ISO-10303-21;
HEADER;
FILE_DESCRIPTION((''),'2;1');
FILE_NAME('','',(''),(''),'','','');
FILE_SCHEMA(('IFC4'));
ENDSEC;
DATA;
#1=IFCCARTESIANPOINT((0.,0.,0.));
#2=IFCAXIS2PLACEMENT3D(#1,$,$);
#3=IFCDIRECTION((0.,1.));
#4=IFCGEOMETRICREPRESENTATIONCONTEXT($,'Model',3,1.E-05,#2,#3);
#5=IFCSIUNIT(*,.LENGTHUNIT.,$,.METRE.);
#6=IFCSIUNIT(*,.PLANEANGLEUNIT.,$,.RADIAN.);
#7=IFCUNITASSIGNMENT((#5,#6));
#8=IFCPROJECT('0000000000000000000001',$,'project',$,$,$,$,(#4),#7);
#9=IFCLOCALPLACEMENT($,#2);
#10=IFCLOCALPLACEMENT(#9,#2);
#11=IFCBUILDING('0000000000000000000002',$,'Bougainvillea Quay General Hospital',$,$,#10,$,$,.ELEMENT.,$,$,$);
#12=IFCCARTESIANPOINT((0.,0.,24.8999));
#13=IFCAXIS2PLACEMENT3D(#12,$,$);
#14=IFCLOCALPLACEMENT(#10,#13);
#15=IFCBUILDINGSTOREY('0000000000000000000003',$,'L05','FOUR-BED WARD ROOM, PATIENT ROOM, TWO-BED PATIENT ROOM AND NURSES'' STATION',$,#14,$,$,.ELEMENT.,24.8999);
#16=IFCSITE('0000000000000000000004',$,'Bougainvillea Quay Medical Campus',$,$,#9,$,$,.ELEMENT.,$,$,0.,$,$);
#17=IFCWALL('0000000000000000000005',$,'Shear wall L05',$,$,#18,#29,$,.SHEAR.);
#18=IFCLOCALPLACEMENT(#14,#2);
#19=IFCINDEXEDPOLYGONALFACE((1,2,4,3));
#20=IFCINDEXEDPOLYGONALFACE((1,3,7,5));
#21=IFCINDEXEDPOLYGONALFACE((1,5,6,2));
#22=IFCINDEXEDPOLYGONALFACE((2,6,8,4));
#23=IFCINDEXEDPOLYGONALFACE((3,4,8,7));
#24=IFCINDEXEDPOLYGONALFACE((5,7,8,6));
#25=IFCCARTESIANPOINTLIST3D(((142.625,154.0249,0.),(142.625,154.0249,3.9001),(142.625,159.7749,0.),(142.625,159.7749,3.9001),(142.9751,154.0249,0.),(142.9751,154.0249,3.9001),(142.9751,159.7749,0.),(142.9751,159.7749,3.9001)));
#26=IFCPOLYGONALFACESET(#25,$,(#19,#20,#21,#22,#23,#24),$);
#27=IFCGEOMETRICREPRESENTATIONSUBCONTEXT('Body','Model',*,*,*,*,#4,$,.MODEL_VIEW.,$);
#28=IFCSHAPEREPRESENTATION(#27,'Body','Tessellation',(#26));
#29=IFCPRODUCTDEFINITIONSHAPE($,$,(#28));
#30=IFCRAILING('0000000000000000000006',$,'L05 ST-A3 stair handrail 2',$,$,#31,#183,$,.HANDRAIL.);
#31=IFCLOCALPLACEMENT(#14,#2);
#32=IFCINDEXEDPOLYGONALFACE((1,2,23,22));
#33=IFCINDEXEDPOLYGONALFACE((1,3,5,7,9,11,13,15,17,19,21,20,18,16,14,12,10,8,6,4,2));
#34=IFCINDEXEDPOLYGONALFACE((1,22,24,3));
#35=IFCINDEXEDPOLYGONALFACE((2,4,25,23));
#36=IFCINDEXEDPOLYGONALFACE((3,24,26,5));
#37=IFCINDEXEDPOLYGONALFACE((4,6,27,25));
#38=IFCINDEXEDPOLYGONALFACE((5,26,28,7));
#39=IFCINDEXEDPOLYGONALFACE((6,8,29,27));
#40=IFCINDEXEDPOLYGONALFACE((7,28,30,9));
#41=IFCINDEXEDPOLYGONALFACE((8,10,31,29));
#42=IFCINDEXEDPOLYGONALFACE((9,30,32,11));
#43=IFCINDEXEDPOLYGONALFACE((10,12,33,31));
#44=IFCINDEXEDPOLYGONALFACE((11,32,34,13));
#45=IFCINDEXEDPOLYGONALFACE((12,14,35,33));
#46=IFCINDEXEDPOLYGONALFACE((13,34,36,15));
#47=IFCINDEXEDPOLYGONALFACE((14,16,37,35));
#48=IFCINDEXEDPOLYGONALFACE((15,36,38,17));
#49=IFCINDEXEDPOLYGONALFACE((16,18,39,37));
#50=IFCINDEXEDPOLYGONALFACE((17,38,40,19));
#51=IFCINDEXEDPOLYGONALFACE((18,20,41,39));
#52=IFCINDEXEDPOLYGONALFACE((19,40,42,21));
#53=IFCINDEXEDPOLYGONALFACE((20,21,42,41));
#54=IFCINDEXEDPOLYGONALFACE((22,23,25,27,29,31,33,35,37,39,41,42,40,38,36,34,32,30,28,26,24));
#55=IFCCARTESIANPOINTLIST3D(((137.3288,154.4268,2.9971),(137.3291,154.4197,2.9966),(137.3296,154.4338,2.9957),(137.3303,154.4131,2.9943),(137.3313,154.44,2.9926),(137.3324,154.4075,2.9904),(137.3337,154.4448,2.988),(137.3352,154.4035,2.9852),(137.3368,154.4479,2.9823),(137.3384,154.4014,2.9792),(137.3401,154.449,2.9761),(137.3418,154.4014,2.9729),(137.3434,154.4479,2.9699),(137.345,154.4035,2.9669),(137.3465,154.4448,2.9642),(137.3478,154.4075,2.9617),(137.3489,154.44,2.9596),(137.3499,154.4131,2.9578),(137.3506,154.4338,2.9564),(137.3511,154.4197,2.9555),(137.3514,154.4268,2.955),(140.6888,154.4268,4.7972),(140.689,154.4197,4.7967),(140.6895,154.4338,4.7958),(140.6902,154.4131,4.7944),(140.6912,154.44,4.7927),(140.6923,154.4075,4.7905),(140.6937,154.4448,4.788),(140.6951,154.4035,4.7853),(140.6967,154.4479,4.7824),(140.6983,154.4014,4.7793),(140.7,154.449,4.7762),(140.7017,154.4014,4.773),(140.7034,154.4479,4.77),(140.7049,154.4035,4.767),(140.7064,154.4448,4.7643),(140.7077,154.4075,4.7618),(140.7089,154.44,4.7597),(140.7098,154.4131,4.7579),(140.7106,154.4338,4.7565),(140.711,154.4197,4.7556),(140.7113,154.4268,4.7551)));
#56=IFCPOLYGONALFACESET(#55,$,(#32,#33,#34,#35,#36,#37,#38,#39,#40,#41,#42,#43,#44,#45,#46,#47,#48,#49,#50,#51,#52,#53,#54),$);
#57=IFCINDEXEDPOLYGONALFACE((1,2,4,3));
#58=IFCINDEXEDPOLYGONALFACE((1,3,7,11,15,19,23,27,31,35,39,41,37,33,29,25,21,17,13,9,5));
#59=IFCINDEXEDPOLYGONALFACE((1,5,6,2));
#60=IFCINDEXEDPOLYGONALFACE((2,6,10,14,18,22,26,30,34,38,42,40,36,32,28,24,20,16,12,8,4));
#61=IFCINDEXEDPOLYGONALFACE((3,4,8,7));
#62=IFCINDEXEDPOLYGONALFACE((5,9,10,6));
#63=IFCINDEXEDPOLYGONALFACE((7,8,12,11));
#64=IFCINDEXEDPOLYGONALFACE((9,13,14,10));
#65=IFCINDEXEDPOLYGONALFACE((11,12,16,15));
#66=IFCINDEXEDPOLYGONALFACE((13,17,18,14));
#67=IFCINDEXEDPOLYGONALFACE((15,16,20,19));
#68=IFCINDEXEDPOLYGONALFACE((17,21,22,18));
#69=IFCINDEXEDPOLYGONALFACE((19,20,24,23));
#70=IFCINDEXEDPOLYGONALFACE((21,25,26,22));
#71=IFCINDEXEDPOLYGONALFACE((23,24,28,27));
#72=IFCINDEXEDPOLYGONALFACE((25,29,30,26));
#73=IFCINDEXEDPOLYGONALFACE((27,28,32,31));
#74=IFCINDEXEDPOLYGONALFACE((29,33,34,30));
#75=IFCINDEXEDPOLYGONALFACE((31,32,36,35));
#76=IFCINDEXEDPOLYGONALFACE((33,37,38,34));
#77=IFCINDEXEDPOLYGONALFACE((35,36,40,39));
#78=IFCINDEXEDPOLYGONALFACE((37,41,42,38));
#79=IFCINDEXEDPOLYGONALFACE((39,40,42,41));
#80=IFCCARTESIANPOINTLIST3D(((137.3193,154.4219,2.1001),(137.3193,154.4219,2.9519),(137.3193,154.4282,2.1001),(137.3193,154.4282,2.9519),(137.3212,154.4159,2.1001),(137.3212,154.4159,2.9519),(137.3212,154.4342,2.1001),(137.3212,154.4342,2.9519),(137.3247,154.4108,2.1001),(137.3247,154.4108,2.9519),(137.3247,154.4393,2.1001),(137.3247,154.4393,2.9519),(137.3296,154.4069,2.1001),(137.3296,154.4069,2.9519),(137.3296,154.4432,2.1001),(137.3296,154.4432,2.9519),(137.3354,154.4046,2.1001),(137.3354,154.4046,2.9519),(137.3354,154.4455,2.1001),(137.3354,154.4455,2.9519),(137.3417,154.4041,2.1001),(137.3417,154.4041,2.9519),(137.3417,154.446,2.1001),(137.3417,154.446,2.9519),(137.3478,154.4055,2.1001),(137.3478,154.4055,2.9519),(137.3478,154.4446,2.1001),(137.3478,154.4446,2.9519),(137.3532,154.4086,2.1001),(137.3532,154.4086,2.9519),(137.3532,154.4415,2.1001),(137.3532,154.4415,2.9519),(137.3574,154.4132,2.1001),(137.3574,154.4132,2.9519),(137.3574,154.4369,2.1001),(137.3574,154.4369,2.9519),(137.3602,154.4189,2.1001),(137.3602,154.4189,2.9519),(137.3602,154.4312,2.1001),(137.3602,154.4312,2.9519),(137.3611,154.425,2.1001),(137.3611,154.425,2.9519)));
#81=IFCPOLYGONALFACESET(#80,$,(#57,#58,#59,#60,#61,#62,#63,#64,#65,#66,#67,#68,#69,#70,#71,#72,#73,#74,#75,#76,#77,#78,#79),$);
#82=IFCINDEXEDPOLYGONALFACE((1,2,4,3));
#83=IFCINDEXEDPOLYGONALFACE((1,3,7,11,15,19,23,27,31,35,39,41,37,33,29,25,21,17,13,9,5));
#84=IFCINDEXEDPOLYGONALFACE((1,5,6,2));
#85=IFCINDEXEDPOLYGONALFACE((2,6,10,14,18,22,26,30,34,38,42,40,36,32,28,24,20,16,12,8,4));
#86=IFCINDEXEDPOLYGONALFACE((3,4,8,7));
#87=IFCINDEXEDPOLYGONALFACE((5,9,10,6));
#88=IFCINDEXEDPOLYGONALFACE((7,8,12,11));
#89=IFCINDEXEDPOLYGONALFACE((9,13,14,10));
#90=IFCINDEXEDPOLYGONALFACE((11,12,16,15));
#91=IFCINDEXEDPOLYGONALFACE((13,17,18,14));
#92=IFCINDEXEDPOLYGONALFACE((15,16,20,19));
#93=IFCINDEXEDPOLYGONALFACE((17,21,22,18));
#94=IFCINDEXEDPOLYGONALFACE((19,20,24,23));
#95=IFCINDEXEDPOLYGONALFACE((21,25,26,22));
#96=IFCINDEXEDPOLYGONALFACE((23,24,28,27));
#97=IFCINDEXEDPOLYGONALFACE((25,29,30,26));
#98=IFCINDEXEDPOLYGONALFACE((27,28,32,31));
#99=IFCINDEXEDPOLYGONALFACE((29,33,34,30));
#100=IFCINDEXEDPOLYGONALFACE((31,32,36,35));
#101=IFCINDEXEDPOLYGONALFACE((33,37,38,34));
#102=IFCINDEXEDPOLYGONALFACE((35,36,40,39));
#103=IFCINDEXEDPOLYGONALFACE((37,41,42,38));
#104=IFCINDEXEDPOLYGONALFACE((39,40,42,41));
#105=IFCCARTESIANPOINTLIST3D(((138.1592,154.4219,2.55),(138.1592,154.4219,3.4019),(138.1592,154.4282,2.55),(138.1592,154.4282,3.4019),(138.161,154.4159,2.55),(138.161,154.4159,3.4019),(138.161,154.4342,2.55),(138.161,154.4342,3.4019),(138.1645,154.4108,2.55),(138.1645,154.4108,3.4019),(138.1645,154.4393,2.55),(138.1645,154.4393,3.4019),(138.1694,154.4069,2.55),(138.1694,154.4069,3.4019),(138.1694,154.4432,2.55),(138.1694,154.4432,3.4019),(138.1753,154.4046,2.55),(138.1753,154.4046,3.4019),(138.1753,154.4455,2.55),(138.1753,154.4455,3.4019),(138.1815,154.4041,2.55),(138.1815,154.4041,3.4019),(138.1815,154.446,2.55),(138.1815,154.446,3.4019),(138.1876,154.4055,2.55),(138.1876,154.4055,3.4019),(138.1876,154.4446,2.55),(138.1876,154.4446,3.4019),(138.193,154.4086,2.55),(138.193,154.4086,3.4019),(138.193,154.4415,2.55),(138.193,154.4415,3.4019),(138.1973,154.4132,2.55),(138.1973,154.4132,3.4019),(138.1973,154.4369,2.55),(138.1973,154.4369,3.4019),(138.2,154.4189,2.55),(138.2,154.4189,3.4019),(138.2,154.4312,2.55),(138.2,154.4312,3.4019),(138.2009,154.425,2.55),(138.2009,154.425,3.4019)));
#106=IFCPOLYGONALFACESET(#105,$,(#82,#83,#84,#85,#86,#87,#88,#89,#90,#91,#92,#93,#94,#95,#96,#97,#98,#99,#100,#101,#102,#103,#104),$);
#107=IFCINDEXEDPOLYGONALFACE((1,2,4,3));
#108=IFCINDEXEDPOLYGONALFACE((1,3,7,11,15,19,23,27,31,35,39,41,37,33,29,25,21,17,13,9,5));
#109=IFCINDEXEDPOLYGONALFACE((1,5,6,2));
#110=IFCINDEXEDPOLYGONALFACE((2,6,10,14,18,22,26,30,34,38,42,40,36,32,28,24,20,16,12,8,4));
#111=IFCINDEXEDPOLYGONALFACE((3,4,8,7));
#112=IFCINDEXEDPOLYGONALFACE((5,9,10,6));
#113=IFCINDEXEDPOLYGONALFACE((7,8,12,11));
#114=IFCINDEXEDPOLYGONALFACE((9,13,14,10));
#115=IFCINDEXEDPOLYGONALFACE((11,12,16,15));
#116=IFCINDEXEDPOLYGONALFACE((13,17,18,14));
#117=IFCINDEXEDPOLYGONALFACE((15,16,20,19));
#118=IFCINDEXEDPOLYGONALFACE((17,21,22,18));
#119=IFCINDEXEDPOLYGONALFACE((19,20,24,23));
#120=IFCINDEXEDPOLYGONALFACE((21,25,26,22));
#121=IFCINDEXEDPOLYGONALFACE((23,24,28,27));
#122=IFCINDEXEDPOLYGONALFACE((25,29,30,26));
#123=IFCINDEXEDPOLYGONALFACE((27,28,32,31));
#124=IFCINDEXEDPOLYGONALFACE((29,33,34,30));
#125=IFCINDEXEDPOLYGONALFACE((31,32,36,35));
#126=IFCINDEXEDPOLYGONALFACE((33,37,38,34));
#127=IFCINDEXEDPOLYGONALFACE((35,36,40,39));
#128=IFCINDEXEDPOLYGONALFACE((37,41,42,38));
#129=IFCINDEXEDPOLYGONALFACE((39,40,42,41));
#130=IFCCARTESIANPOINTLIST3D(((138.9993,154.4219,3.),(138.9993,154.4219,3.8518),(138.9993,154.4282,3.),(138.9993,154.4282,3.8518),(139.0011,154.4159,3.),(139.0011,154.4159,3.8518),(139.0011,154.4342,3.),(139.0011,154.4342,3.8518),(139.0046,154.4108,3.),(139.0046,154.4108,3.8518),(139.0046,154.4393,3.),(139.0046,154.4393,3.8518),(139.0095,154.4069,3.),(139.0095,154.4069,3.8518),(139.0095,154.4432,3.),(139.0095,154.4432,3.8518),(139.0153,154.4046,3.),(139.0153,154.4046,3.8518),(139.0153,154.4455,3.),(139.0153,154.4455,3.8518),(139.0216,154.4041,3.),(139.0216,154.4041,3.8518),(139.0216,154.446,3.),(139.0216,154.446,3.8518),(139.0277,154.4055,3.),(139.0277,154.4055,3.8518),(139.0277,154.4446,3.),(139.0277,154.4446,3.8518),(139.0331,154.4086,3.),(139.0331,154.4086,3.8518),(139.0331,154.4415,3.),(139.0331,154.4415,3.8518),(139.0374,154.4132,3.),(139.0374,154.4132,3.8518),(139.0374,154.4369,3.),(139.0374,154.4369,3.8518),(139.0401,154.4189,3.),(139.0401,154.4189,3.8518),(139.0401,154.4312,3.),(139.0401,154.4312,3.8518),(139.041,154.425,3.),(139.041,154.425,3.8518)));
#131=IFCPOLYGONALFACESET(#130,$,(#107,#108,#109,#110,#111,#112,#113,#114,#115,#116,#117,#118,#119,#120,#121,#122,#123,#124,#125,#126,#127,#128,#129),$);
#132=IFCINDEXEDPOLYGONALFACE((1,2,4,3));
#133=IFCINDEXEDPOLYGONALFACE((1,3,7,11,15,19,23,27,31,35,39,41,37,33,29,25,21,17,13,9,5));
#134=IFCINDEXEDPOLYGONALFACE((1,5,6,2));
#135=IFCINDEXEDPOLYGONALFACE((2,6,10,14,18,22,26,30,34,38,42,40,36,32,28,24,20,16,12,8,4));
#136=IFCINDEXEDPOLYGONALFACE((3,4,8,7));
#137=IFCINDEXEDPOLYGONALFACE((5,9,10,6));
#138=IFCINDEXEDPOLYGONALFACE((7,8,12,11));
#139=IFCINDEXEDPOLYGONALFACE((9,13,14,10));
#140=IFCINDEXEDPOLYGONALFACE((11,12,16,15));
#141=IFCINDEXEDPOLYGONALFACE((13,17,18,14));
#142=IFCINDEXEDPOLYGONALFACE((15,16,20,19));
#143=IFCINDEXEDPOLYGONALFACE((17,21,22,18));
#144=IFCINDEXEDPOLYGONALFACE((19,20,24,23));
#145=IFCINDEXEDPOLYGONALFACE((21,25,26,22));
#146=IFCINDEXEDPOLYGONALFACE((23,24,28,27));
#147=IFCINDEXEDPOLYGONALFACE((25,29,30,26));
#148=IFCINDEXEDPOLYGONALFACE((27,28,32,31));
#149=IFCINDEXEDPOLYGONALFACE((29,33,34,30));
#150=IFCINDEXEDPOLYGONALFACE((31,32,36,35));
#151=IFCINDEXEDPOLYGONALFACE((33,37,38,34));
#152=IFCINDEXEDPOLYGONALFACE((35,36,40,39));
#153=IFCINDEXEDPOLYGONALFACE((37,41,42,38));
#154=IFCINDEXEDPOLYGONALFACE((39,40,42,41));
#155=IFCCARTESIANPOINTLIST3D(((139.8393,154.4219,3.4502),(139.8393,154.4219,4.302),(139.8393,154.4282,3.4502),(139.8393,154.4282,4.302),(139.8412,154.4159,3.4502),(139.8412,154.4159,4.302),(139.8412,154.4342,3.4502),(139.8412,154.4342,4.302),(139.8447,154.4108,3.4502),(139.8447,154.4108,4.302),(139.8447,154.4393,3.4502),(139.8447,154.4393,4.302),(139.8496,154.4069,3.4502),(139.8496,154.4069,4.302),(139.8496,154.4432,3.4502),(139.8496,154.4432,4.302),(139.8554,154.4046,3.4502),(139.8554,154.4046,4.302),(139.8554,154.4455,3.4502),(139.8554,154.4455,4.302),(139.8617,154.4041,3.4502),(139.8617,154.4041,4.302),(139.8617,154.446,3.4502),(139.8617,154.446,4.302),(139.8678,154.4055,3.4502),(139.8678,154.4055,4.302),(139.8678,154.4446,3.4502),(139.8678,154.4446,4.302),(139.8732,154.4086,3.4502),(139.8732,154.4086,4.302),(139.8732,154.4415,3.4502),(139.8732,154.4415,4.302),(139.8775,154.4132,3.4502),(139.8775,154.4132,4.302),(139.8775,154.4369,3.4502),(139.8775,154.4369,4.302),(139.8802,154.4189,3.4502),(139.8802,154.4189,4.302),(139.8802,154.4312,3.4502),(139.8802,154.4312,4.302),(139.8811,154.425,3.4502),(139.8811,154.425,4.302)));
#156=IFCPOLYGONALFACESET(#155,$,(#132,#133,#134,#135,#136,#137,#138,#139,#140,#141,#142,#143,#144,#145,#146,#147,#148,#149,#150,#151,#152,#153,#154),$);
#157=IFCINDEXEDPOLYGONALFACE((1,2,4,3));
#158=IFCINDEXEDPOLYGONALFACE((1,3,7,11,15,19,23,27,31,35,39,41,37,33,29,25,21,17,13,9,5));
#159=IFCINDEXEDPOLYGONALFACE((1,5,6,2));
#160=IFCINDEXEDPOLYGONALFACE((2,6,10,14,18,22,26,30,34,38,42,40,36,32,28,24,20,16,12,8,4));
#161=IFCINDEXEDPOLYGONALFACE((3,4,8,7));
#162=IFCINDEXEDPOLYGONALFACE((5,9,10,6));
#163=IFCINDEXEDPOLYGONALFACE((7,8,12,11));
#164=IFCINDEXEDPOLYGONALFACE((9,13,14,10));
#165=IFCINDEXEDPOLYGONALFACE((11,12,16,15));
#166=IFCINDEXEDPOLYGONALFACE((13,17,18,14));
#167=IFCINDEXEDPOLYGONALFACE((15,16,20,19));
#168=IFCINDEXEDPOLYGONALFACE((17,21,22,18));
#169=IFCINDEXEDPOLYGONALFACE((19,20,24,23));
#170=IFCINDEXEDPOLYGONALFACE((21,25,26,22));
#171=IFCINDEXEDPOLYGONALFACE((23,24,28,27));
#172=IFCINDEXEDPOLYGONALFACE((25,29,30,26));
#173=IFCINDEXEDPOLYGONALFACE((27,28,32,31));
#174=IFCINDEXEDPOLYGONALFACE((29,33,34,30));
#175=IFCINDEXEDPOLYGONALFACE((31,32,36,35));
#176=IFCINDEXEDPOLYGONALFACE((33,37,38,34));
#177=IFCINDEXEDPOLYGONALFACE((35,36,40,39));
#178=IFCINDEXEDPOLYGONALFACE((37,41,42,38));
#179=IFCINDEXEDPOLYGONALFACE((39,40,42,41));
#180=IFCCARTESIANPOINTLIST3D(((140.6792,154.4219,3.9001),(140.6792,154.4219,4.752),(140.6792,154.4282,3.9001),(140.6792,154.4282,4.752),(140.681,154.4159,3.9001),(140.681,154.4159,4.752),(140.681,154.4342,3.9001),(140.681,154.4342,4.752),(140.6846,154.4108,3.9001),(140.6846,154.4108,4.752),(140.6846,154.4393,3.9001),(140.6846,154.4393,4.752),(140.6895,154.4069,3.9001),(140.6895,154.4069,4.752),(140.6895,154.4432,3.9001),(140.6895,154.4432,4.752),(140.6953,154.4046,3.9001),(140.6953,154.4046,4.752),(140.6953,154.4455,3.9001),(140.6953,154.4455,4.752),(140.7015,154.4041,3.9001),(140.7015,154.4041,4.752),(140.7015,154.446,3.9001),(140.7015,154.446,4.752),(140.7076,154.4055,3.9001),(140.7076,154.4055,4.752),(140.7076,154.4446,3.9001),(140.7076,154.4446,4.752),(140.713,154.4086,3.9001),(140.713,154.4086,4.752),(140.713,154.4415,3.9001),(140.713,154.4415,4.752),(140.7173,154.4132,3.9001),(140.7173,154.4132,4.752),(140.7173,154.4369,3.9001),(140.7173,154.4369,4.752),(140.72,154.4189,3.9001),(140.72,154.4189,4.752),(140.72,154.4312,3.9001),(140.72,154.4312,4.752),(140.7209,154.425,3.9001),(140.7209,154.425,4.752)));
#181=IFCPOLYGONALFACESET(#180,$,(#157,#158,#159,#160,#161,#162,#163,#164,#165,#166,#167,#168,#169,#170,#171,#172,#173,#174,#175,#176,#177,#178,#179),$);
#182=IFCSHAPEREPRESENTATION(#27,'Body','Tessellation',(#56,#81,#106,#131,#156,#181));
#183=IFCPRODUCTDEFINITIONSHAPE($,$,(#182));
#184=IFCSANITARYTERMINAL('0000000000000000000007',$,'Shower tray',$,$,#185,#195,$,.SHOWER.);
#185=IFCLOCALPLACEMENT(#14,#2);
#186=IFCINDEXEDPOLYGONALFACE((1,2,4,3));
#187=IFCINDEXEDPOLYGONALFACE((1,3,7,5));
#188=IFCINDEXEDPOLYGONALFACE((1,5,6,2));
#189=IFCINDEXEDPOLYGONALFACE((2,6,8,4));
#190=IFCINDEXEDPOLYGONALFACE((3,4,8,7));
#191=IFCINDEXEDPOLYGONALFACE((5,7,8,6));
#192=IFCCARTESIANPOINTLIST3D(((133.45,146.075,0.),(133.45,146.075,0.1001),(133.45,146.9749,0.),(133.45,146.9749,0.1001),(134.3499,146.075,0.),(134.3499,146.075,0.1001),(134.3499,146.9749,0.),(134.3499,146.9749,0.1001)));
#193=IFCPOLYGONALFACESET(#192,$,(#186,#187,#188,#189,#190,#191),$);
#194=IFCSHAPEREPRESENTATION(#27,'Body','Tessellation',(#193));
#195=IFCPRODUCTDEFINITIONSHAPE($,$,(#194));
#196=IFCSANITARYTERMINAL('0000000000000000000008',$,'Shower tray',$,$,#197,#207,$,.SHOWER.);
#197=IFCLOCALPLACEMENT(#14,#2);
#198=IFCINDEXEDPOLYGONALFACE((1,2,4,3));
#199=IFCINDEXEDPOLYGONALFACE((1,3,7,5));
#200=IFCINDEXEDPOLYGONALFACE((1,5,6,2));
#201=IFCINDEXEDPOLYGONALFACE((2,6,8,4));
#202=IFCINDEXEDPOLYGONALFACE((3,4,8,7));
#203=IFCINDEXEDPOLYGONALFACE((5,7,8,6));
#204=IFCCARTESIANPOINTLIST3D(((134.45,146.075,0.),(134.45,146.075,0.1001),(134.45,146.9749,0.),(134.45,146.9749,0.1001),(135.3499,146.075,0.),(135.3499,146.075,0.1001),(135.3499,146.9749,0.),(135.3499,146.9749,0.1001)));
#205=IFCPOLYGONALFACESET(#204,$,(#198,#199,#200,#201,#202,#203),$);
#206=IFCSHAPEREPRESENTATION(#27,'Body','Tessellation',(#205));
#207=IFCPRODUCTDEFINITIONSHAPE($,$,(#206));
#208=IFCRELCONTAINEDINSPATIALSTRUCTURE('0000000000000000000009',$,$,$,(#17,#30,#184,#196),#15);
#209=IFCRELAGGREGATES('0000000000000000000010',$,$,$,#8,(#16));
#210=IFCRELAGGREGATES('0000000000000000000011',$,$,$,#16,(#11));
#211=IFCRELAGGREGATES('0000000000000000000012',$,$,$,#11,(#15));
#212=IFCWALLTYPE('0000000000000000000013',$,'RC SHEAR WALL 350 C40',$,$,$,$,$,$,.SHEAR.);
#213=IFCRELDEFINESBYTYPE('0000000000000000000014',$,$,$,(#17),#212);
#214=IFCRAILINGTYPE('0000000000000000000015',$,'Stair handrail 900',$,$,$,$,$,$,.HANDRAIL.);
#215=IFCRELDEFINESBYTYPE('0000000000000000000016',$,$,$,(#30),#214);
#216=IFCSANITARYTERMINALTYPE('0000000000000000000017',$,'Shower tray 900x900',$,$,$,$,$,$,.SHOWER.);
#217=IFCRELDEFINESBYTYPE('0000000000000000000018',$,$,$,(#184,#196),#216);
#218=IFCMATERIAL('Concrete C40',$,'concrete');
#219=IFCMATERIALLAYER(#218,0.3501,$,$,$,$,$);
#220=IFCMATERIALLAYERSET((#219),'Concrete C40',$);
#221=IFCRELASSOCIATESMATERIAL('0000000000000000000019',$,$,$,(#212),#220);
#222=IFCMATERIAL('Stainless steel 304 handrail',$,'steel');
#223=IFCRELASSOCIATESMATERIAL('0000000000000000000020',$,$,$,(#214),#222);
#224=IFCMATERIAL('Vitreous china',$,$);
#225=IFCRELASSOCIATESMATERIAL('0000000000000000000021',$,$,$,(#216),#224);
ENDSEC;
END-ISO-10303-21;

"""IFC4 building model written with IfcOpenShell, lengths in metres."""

from ifc_helpers import new_model, si_unit, direction, frame, frame_2d, origin, origin_2d, place, context, subcontext, project, spatial, rectangle, circle, extrude, material, layer, layer_set, type_object, element, save


model = new_model("IFC4")

# Units and contexts
model_context = context("Model", 3, precision=1e-05, world=origin(), true_north=direction((0.0, 1.0)))
body_context = subcontext(model_context, "Body", "Model", "MODEL_VIEW")
ifc_project = project(units=[si_unit("LENGTHUNIT", "METRE"), si_unit("PLANEANGLEUNIT", "RADIAN")], contexts=[model_context])

# Site, building, storey
site_placement = place(None, origin())
site = spatial("IfcSite", under=ifc_project, at=site_placement, Name="Bougainvillea Quay Medical Campus", CompositionType="ELEMENT", RefElevation=0.0)
building_placement = place(site_placement, origin())
building = spatial("IfcBuilding", under=site, at=building_placement, Name="Bougainvillea Quay General Hospital", CompositionType="ELEMENT")
storey_placement = place(building_placement, frame((0.0, 0.0, 24.8999)))
storey = spatial("IfcBuildingStorey", under=building, at=storey_placement, Name="L05", Description="FOUR-BED WARD ROOM, PATIENT ROOM, TWO-BED PATIENT ROOM AND NURSES' STATION", CompositionType="ELEMENT", Elevation=24.8999)

# Shared definitions
ifc_material_1 = material(Name="Concrete C40", Category="concrete")

# Shared definitions
ifc_layer_1 = layer(ifc_material_1, 0.3501)
ifc_layer_set_1 = layer_set([ifc_layer_1], Name="Concrete C40")
wall_type_1 = type_object("IfcWallType", Name="RC SHEAR WALL 350 C40", PredefinedType="SHEAR", material=ifc_layer_set_1)

# Wall
wall_1_placement = place(storey_placement, frame((142.8, 154.0249, 0.0), z_axis=(0.0, 0.0, 1.0), x_axis=(0.0, 1.0, 0.0)))
element("IfcWall", 1, at=wall_1_placement, inside=storey, type_object=wall_type_1, Name="Shear wall L05", PredefinedType="SHEAR", context=body_context, shape_type="SweptSolid", body=[
    extrude(rectangle(XDim=5.75, YDim=0.3501, at=frame_2d((2.875, 0.0))), origin(), (0.0, 0.0, 1.0), 3.9001),
])

# Railing
ifc_material_2 = material(Name="Stainless steel 304 handrail", Category="steel")
railing_type = type_object("IfcRailingType", Name="Stair handrail 900", PredefinedType="HANDRAIL", material=ifc_material_2)
railing_placement = place(storey_placement, frame((137.3401, 154.425, 2.1001)))
element("IfcRailing", 2, at=railing_placement, inside=storey, type_object=railing_type, Name="L05 ST-A3 stair handrail 2", PredefinedType="HANDRAIL", context=body_context, shape_type="SweptSolid", body=[
    extrude(circle(Radius=0.0239, at=origin_2d()), frame((0.0, 0.0, 0.876), z_axis=(0.881467, 0.0, 0.472246), x_axis=(0.0, 1.0, 0.0)), (0.0, 0.0, 1.0), 3.8118),
    extrude(circle(Radius=0.021, at=origin_2d()), origin(), (0.0, 0.0, 1.0), 0.8518),
    extrude(circle(Radius=0.021, at=origin_2d()), frame((0.8398, 0.0, 0.45)), (0.0, 0.0, 1.0), 0.8518),
    extrude(circle(Radius=0.021, at=origin_2d()), frame((1.6799, 0.0, 0.8999)), (0.0, 0.0, 1.0), 0.8518),
    extrude(circle(Radius=0.021, at=origin_2d()), frame((2.52, 0.0, 1.3501)), (0.0, 0.0, 1.0), 0.8518),
    extrude(circle(Radius=0.021, at=origin_2d()), frame((3.3599, 0.0, 1.8)), (0.0, 0.0, 1.0), 0.8518),
])

# Sanitary terminals
ifc_material_3 = material(Name="Vitreous china")
sanitary_terminal_type_1 = type_object("IfcSanitaryTerminalType", Name="Shower tray 900x900", PredefinedType="SHOWER", material=ifc_material_3)
for number, where, z_axis, x_axis, name in (
    (3, (133.8999, 146.5249, 0.0), (0.0, 0.0, 1.0), (0.0, -1.0, 0.0), "Shower tray"),
    (4, (134.8999, 146.5249, 0.0), (0.0, 0.0, 1.0), (0.0, 1.0, 0.0), "Shower tray"),
):
    element("IfcSanitaryTerminal", number, at=place(storey_placement, frame(where, z_axis=z_axis, x_axis=x_axis)), inside=storey, type_object=sanitary_terminal_type_1, Name=name, PredefinedType="SHOWER", context=body_context, shape_type="SweptSolid", body=[
        extrude(rectangle(XDim=0.8999, YDim=0.8999, at=origin_2d()), origin(), (0.0, 0.0, 1.0), 0.1001),
    ])

save(model, "model.ifc")
